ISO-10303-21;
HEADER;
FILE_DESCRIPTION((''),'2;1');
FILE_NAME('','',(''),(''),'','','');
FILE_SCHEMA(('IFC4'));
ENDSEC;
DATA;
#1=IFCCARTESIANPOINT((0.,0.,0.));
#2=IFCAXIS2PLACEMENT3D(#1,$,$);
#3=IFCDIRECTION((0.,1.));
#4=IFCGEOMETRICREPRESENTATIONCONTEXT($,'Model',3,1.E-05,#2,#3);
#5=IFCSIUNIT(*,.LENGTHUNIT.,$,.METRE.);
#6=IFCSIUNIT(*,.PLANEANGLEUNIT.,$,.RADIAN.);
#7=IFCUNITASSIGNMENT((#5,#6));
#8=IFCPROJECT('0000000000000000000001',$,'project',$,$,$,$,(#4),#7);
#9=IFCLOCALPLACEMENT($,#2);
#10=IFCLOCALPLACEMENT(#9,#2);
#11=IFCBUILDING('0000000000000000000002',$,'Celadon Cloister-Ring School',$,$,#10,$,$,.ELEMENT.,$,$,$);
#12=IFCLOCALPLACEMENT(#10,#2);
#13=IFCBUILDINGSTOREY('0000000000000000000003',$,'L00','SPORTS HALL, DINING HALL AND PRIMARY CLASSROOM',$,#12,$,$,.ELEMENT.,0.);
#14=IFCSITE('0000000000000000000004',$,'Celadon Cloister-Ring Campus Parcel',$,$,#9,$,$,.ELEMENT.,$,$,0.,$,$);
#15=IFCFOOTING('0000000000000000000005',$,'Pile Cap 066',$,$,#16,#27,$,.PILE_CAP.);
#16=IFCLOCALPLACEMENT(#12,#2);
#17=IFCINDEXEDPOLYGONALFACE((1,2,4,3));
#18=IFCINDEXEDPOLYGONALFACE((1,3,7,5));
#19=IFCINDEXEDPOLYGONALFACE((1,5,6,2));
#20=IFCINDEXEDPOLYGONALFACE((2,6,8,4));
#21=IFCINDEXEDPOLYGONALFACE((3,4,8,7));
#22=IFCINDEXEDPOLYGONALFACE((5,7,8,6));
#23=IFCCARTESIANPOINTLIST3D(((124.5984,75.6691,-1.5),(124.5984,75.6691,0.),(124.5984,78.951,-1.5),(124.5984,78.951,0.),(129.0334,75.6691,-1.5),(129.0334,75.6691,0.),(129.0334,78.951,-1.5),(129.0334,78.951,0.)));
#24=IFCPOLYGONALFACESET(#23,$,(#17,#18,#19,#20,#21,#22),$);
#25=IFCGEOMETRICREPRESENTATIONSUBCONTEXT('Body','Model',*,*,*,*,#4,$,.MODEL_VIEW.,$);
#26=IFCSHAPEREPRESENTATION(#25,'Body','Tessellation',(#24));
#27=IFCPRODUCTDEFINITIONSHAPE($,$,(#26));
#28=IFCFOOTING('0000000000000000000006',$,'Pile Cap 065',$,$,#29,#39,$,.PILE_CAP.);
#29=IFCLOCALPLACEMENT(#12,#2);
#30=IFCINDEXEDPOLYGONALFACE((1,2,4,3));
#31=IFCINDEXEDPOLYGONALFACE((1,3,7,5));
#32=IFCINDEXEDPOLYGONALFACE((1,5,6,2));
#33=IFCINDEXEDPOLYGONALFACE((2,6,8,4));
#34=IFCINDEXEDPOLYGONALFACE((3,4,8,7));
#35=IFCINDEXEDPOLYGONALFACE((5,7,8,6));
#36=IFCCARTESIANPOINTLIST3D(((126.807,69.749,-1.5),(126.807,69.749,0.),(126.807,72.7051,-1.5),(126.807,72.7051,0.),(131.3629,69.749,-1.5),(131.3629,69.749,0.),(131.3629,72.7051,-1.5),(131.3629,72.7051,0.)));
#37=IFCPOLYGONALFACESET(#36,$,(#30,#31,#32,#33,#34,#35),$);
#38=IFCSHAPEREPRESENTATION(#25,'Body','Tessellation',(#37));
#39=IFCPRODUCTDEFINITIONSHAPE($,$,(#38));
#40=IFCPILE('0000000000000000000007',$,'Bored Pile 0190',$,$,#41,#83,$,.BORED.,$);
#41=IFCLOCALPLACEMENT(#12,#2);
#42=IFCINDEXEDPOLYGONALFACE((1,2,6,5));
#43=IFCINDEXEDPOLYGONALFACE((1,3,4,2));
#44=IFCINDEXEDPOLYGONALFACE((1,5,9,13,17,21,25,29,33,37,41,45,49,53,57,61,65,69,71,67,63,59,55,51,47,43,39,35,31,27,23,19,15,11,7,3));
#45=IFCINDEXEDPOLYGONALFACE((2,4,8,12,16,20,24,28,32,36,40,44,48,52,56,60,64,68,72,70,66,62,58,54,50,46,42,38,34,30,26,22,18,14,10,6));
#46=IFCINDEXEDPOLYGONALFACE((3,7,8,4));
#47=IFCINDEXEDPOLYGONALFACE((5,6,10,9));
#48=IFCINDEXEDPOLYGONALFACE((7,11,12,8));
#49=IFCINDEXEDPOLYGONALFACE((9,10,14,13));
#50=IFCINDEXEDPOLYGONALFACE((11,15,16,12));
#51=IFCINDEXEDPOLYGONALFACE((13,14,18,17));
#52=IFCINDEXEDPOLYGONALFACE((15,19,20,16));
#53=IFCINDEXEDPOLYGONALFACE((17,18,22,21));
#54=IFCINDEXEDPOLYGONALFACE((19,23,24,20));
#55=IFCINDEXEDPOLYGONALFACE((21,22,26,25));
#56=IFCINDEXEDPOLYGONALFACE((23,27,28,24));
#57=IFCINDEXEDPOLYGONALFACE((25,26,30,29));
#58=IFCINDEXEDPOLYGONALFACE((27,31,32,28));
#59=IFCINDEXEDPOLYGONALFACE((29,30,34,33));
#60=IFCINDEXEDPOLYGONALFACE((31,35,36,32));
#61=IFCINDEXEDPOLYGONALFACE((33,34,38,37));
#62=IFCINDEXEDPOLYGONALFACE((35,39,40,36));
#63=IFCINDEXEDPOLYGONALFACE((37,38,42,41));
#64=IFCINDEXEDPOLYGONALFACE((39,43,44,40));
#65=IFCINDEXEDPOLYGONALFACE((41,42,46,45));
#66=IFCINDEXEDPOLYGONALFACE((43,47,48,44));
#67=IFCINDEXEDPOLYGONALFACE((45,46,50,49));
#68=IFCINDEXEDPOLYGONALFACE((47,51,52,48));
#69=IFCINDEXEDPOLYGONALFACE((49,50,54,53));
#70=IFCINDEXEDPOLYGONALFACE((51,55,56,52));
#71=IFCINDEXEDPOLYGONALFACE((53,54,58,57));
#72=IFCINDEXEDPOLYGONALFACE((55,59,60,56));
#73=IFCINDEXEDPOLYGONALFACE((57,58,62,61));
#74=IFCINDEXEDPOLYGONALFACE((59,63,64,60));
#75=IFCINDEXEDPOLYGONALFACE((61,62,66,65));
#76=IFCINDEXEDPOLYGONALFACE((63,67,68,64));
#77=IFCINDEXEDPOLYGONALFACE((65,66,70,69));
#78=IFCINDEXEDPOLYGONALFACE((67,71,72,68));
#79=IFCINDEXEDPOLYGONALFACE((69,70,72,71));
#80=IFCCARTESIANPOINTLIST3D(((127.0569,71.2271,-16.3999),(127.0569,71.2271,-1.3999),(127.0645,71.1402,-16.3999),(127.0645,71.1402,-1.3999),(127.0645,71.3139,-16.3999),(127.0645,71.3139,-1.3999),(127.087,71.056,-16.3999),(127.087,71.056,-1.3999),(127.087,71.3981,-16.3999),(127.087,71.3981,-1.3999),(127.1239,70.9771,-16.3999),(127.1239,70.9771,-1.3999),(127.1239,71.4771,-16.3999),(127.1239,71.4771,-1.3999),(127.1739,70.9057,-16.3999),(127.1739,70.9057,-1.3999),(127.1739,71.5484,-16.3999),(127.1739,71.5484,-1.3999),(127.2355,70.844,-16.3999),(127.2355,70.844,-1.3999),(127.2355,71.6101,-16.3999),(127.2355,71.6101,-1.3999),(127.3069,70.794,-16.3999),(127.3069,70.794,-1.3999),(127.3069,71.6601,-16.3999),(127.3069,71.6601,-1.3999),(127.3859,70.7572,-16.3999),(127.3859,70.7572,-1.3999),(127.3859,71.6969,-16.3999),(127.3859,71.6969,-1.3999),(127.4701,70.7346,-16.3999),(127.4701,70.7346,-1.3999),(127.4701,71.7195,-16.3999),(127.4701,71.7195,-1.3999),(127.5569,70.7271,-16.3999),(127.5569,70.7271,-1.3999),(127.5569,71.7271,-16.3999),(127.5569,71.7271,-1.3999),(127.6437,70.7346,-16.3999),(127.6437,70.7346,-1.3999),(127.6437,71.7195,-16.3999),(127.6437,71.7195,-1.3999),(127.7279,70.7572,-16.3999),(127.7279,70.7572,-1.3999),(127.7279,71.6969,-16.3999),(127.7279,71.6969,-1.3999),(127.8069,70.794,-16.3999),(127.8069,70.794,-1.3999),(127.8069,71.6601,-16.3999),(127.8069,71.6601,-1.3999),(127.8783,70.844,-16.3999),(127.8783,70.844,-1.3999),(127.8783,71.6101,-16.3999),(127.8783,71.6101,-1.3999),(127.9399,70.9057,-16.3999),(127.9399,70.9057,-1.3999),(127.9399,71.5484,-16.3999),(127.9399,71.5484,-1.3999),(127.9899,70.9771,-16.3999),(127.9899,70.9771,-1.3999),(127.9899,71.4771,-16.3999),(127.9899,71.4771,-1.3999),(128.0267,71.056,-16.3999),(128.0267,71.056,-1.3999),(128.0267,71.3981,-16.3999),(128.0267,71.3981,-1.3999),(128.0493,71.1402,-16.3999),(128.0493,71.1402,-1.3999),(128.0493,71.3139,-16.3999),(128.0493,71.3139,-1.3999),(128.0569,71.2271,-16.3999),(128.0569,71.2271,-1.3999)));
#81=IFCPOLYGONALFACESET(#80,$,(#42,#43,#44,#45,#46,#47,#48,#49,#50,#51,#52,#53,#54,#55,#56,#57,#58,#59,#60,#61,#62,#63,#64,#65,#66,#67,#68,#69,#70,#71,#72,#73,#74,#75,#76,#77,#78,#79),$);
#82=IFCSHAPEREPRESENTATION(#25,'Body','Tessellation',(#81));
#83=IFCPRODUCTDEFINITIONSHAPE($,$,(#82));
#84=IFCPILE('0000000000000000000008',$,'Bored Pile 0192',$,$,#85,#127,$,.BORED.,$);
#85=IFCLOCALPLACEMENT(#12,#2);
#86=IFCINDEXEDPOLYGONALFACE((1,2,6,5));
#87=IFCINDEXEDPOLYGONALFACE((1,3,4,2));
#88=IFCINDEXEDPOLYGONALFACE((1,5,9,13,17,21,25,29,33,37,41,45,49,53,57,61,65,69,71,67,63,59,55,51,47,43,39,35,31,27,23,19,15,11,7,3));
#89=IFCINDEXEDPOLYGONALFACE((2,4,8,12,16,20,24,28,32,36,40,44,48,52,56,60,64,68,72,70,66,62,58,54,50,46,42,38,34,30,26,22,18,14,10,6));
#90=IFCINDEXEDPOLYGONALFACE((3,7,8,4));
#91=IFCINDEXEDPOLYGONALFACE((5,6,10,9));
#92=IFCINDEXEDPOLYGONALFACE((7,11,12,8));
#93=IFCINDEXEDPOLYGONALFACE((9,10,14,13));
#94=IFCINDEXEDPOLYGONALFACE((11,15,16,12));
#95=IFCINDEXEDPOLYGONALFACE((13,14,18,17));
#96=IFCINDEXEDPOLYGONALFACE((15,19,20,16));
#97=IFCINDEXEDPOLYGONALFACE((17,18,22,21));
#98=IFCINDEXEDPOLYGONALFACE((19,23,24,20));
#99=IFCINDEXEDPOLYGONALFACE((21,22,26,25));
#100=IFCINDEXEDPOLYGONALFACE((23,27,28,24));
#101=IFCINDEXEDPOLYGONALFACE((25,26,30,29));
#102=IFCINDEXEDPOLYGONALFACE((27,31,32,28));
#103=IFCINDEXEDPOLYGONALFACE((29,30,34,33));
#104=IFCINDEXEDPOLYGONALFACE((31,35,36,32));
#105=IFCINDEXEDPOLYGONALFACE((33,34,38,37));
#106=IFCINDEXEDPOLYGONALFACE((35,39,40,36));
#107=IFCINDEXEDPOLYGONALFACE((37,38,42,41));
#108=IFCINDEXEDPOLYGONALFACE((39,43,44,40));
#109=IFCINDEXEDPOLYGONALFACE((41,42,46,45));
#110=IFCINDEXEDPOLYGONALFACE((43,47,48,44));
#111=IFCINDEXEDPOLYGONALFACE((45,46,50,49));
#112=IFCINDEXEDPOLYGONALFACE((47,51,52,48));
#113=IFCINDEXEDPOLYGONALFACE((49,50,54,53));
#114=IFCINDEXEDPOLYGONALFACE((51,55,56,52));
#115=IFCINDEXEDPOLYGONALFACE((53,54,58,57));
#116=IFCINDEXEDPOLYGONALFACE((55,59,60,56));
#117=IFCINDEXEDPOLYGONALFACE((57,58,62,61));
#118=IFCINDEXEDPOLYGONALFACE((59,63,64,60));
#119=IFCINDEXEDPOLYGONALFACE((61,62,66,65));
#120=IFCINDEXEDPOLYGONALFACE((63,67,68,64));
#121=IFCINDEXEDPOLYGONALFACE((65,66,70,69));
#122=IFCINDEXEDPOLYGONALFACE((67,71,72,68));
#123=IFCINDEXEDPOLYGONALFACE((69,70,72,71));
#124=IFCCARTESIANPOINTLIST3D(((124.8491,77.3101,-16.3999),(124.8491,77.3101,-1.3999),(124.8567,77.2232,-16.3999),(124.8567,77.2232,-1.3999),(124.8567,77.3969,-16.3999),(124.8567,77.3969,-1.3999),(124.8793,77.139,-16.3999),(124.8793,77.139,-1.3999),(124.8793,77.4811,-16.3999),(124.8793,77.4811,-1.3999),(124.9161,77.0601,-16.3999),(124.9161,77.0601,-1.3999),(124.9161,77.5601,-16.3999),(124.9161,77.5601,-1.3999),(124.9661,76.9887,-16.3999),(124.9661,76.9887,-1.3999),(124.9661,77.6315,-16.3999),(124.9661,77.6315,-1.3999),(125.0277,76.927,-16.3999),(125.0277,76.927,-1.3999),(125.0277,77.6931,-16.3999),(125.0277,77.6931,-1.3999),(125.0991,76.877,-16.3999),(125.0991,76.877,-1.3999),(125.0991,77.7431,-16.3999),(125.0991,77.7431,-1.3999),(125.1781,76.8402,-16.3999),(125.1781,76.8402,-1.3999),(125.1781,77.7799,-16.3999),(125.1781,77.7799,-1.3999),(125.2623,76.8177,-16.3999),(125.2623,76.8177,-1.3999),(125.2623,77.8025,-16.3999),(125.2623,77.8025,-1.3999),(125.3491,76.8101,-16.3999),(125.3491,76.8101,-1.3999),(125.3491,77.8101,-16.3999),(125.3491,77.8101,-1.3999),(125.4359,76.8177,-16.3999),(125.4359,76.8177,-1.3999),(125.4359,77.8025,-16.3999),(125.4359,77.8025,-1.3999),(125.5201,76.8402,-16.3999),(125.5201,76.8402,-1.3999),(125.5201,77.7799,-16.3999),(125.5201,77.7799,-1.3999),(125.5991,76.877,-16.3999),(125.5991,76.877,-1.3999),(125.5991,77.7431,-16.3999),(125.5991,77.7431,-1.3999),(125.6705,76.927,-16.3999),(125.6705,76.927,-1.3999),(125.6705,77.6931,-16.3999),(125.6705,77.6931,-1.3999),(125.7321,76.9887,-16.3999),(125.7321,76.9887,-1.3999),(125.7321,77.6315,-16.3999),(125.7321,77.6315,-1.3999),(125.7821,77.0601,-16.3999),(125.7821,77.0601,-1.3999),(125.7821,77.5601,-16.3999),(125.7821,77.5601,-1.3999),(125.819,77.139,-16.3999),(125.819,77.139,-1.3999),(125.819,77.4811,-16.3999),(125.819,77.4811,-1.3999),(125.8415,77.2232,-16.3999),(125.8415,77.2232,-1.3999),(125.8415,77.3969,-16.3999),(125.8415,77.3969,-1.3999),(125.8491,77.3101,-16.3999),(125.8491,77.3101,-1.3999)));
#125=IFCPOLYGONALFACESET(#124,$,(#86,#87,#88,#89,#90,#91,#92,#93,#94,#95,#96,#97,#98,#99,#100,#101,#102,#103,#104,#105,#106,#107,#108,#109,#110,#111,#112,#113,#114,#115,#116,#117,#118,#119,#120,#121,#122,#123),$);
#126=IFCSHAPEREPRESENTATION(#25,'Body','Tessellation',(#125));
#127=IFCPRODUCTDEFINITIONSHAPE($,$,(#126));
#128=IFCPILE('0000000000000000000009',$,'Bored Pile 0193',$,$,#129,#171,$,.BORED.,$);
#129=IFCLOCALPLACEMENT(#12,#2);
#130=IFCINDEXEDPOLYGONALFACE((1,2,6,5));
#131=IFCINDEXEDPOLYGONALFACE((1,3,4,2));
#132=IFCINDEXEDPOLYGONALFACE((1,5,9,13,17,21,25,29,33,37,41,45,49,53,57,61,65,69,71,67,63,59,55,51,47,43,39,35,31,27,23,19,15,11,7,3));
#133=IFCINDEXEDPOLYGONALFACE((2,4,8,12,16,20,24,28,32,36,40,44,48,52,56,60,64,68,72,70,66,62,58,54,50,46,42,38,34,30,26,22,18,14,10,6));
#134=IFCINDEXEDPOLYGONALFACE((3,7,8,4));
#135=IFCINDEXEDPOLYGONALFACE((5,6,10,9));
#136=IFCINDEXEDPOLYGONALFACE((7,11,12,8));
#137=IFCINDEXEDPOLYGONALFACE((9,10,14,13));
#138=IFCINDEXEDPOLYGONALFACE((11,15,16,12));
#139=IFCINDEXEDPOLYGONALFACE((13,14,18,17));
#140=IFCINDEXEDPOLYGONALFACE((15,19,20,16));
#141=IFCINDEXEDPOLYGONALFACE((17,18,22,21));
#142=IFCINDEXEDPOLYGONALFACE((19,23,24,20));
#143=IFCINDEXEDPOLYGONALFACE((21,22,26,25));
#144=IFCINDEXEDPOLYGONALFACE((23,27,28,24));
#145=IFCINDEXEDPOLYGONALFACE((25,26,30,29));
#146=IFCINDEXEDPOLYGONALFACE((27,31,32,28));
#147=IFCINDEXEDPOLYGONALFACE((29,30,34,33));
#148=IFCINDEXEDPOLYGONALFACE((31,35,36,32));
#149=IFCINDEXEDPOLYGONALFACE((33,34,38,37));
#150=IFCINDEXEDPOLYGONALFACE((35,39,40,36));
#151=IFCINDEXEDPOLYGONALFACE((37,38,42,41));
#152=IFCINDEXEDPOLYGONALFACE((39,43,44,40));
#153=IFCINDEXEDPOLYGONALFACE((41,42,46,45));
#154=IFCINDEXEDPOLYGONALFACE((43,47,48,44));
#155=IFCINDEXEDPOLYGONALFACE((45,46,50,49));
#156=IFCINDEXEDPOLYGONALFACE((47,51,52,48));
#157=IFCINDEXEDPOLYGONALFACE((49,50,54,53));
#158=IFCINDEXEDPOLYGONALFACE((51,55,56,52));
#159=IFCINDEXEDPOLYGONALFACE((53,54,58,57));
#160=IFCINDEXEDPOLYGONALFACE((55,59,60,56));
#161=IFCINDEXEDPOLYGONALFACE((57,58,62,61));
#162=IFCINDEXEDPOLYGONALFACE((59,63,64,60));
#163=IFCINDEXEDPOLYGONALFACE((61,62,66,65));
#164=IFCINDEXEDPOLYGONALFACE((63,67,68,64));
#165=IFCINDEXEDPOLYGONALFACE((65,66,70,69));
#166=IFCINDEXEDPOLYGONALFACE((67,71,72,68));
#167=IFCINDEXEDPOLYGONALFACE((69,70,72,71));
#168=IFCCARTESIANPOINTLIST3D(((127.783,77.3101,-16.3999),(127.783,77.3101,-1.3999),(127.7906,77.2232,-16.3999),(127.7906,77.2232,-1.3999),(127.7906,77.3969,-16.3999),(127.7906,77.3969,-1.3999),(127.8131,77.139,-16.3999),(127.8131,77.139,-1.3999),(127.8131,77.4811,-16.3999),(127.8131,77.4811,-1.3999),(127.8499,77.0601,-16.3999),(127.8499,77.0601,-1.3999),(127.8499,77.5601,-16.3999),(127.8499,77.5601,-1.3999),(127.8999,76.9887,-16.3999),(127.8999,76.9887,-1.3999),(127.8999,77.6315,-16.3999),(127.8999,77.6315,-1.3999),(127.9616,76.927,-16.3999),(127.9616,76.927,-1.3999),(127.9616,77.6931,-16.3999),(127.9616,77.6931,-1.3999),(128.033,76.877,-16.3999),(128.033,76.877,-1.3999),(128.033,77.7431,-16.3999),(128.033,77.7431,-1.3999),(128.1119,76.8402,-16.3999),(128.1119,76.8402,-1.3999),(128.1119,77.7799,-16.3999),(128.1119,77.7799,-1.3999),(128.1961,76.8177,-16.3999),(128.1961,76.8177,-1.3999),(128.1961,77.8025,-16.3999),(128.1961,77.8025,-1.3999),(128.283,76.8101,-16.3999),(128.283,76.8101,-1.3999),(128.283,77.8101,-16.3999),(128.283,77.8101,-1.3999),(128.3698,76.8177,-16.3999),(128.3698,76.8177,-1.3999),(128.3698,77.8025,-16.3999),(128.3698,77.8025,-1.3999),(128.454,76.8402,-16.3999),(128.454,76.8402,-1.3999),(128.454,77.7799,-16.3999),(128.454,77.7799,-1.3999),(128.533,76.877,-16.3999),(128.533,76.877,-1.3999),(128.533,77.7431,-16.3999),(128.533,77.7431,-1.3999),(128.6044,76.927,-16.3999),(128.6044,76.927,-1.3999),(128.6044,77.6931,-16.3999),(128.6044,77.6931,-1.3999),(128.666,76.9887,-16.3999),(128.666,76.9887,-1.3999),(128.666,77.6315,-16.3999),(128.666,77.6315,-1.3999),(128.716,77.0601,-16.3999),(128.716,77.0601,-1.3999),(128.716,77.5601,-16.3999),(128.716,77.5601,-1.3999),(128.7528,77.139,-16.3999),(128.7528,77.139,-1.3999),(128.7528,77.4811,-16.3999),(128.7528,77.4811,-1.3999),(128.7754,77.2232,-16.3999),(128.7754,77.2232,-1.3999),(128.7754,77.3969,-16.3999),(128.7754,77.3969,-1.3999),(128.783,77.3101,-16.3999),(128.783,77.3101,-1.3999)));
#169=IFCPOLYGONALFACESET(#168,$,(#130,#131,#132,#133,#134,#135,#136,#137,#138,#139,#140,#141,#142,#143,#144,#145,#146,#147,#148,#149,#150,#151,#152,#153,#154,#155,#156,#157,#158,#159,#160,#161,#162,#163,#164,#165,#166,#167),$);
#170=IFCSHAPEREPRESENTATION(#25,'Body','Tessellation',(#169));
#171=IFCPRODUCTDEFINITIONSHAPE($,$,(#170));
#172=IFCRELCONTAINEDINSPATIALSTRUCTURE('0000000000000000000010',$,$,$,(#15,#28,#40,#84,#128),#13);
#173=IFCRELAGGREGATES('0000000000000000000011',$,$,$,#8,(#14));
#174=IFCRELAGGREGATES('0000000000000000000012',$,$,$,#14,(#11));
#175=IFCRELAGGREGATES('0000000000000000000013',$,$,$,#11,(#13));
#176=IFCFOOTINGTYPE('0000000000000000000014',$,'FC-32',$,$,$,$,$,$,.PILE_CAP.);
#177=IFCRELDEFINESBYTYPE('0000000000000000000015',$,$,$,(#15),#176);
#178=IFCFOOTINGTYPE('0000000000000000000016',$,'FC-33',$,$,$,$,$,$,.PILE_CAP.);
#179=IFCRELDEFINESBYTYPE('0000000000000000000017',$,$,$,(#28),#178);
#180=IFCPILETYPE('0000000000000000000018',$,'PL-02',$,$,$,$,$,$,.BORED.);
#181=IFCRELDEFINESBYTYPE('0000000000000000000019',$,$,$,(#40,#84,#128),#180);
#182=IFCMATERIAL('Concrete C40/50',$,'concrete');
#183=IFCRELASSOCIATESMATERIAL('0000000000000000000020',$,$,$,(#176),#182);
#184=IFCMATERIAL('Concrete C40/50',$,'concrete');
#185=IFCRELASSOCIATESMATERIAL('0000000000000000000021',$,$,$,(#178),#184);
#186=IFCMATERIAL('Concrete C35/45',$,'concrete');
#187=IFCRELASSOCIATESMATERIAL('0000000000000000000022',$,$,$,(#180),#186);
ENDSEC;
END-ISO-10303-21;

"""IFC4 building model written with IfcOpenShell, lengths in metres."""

from ifc_helpers import new_model, si_unit, direction, frame, origin, origin_2d, place, context, subcontext, project, spatial, rectangle, circle, extrude, material, material_profile, profile_set, type_object, element, save


model = new_model("IFC4")

# Units and contexts
model_context = context("Model", 3, precision=1e-05, world=origin(), true_north=direction((0.0, 1.0)))
body_context = subcontext(model_context, "Body", "Model", "MODEL_VIEW")
ifc_project = project(units=[si_unit("LENGTHUNIT", "METRE"), si_unit("PLANEANGLEUNIT", "RADIAN")], contexts=[model_context])

# Site, building, storey
site_placement = place(None, origin())
site = spatial("IfcSite", under=ifc_project, at=site_placement, Name="Celadon Cloister-Ring Campus Parcel", CompositionType="ELEMENT", RefElevation=0.0)
building_placement = place(site_placement, origin())
building = spatial("IfcBuilding", under=site, at=building_placement, Name="Celadon Cloister-Ring School", CompositionType="ELEMENT")
storey_placement = place(building_placement, origin())
storey = spatial("IfcBuildingStorey", under=building, at=storey_placement, Name="L00", Description="SPORTS HALL, DINING HALL AND PRIMARY CLASSROOM", CompositionType="ELEMENT", Elevation=0.0)

# Footings
ifc_material_1 = material(Name="Concrete C40/50", Category="concrete")
footing_type_1 = type_object("IfcFootingType", Name="FC-32", PredefinedType="PILE_CAP", material=ifc_material_1)
footing_1_placement = place(storey_placement, frame((126.8159, 77.3101, -1.5), z_axis=(0.0, 0.0, 1.0), x_axis=(1.0, 0.0, 0.0)))
element("IfcFooting", 1, at=footing_1_placement, inside=storey, type_object=footing_type_1, Name="Pile Cap 066", PredefinedType="PILE_CAP", context=body_context, shape_type="SweptSolid", body=[
    extrude(rectangle(XDim=4.4351, YDim=3.282, at=origin_2d()), origin(), (0.0, 0.0, 1.0), 1.5),
])
ifc_material_2 = material(Name="Concrete C40/50", Category="concrete")
footing_type_2 = type_object("IfcFootingType", Name="FC-33", PredefinedType="PILE_CAP", material=ifc_material_2)
footing_2_placement = place(storey_placement, frame((129.085, 71.2271, -1.5), z_axis=(0.0, 0.0, 1.0), x_axis=(1.0, 0.0, 0.0)))
element("IfcFooting", 2, at=footing_2_placement, inside=storey, type_object=footing_type_2, Name="Pile Cap 065", PredefinedType="PILE_CAP", context=body_context, shape_type="SweptSolid", body=[
    extrude(rectangle(XDim=4.5559, YDim=2.9561, at=origin_2d()), origin(), (0.0, 0.0, 1.0), 1.5),
])

# Piles
ifc_material_3 = material(Name="Concrete C35/45", Category="concrete")
ifc_material_profile_1 = material_profile(ifc_material_3, circle(Radius=0.5, at=origin_2d()), Name="PILE1000")
ifc_profile_set_1 = profile_set([ifc_material_profile_1], Name="Concrete C35/45")
pile_type = type_object("IfcPileType", Name="PL-02", PredefinedType="BORED", material=ifc_profile_set_1)
for number, where, z_axis, x_axis, name in (
    (3, (127.5569, 71.2271, -1.3999), (0.0, 0.0, -1.0), (1.0, 0.0, 0.0), "Bored Pile 0190"),
    (4, (125.3491, 77.3101, -1.3999), (0.0, 0.0, -1.0), (1.0, 0.0, 0.0), "Bored Pile 0192"),
    (5, (128.283, 77.3101, -1.3999), (0.0, 0.0, -1.0), (1.0, 0.0, 0.0), "Bored Pile 0193"),
):
    element("IfcPile", number, at=place(storey_placement, frame(where, z_axis=z_axis, x_axis=x_axis)), inside=storey, type_object=pile_type, Name=name, PredefinedType="BORED", context=body_context, shape_type="SweptSolid", body=[
        extrude(circle(Radius=0.5, at=origin_2d()), origin(), (0.0, 0.0, 1.0), 15.0),
    ])

save(model, "model.ifc")
